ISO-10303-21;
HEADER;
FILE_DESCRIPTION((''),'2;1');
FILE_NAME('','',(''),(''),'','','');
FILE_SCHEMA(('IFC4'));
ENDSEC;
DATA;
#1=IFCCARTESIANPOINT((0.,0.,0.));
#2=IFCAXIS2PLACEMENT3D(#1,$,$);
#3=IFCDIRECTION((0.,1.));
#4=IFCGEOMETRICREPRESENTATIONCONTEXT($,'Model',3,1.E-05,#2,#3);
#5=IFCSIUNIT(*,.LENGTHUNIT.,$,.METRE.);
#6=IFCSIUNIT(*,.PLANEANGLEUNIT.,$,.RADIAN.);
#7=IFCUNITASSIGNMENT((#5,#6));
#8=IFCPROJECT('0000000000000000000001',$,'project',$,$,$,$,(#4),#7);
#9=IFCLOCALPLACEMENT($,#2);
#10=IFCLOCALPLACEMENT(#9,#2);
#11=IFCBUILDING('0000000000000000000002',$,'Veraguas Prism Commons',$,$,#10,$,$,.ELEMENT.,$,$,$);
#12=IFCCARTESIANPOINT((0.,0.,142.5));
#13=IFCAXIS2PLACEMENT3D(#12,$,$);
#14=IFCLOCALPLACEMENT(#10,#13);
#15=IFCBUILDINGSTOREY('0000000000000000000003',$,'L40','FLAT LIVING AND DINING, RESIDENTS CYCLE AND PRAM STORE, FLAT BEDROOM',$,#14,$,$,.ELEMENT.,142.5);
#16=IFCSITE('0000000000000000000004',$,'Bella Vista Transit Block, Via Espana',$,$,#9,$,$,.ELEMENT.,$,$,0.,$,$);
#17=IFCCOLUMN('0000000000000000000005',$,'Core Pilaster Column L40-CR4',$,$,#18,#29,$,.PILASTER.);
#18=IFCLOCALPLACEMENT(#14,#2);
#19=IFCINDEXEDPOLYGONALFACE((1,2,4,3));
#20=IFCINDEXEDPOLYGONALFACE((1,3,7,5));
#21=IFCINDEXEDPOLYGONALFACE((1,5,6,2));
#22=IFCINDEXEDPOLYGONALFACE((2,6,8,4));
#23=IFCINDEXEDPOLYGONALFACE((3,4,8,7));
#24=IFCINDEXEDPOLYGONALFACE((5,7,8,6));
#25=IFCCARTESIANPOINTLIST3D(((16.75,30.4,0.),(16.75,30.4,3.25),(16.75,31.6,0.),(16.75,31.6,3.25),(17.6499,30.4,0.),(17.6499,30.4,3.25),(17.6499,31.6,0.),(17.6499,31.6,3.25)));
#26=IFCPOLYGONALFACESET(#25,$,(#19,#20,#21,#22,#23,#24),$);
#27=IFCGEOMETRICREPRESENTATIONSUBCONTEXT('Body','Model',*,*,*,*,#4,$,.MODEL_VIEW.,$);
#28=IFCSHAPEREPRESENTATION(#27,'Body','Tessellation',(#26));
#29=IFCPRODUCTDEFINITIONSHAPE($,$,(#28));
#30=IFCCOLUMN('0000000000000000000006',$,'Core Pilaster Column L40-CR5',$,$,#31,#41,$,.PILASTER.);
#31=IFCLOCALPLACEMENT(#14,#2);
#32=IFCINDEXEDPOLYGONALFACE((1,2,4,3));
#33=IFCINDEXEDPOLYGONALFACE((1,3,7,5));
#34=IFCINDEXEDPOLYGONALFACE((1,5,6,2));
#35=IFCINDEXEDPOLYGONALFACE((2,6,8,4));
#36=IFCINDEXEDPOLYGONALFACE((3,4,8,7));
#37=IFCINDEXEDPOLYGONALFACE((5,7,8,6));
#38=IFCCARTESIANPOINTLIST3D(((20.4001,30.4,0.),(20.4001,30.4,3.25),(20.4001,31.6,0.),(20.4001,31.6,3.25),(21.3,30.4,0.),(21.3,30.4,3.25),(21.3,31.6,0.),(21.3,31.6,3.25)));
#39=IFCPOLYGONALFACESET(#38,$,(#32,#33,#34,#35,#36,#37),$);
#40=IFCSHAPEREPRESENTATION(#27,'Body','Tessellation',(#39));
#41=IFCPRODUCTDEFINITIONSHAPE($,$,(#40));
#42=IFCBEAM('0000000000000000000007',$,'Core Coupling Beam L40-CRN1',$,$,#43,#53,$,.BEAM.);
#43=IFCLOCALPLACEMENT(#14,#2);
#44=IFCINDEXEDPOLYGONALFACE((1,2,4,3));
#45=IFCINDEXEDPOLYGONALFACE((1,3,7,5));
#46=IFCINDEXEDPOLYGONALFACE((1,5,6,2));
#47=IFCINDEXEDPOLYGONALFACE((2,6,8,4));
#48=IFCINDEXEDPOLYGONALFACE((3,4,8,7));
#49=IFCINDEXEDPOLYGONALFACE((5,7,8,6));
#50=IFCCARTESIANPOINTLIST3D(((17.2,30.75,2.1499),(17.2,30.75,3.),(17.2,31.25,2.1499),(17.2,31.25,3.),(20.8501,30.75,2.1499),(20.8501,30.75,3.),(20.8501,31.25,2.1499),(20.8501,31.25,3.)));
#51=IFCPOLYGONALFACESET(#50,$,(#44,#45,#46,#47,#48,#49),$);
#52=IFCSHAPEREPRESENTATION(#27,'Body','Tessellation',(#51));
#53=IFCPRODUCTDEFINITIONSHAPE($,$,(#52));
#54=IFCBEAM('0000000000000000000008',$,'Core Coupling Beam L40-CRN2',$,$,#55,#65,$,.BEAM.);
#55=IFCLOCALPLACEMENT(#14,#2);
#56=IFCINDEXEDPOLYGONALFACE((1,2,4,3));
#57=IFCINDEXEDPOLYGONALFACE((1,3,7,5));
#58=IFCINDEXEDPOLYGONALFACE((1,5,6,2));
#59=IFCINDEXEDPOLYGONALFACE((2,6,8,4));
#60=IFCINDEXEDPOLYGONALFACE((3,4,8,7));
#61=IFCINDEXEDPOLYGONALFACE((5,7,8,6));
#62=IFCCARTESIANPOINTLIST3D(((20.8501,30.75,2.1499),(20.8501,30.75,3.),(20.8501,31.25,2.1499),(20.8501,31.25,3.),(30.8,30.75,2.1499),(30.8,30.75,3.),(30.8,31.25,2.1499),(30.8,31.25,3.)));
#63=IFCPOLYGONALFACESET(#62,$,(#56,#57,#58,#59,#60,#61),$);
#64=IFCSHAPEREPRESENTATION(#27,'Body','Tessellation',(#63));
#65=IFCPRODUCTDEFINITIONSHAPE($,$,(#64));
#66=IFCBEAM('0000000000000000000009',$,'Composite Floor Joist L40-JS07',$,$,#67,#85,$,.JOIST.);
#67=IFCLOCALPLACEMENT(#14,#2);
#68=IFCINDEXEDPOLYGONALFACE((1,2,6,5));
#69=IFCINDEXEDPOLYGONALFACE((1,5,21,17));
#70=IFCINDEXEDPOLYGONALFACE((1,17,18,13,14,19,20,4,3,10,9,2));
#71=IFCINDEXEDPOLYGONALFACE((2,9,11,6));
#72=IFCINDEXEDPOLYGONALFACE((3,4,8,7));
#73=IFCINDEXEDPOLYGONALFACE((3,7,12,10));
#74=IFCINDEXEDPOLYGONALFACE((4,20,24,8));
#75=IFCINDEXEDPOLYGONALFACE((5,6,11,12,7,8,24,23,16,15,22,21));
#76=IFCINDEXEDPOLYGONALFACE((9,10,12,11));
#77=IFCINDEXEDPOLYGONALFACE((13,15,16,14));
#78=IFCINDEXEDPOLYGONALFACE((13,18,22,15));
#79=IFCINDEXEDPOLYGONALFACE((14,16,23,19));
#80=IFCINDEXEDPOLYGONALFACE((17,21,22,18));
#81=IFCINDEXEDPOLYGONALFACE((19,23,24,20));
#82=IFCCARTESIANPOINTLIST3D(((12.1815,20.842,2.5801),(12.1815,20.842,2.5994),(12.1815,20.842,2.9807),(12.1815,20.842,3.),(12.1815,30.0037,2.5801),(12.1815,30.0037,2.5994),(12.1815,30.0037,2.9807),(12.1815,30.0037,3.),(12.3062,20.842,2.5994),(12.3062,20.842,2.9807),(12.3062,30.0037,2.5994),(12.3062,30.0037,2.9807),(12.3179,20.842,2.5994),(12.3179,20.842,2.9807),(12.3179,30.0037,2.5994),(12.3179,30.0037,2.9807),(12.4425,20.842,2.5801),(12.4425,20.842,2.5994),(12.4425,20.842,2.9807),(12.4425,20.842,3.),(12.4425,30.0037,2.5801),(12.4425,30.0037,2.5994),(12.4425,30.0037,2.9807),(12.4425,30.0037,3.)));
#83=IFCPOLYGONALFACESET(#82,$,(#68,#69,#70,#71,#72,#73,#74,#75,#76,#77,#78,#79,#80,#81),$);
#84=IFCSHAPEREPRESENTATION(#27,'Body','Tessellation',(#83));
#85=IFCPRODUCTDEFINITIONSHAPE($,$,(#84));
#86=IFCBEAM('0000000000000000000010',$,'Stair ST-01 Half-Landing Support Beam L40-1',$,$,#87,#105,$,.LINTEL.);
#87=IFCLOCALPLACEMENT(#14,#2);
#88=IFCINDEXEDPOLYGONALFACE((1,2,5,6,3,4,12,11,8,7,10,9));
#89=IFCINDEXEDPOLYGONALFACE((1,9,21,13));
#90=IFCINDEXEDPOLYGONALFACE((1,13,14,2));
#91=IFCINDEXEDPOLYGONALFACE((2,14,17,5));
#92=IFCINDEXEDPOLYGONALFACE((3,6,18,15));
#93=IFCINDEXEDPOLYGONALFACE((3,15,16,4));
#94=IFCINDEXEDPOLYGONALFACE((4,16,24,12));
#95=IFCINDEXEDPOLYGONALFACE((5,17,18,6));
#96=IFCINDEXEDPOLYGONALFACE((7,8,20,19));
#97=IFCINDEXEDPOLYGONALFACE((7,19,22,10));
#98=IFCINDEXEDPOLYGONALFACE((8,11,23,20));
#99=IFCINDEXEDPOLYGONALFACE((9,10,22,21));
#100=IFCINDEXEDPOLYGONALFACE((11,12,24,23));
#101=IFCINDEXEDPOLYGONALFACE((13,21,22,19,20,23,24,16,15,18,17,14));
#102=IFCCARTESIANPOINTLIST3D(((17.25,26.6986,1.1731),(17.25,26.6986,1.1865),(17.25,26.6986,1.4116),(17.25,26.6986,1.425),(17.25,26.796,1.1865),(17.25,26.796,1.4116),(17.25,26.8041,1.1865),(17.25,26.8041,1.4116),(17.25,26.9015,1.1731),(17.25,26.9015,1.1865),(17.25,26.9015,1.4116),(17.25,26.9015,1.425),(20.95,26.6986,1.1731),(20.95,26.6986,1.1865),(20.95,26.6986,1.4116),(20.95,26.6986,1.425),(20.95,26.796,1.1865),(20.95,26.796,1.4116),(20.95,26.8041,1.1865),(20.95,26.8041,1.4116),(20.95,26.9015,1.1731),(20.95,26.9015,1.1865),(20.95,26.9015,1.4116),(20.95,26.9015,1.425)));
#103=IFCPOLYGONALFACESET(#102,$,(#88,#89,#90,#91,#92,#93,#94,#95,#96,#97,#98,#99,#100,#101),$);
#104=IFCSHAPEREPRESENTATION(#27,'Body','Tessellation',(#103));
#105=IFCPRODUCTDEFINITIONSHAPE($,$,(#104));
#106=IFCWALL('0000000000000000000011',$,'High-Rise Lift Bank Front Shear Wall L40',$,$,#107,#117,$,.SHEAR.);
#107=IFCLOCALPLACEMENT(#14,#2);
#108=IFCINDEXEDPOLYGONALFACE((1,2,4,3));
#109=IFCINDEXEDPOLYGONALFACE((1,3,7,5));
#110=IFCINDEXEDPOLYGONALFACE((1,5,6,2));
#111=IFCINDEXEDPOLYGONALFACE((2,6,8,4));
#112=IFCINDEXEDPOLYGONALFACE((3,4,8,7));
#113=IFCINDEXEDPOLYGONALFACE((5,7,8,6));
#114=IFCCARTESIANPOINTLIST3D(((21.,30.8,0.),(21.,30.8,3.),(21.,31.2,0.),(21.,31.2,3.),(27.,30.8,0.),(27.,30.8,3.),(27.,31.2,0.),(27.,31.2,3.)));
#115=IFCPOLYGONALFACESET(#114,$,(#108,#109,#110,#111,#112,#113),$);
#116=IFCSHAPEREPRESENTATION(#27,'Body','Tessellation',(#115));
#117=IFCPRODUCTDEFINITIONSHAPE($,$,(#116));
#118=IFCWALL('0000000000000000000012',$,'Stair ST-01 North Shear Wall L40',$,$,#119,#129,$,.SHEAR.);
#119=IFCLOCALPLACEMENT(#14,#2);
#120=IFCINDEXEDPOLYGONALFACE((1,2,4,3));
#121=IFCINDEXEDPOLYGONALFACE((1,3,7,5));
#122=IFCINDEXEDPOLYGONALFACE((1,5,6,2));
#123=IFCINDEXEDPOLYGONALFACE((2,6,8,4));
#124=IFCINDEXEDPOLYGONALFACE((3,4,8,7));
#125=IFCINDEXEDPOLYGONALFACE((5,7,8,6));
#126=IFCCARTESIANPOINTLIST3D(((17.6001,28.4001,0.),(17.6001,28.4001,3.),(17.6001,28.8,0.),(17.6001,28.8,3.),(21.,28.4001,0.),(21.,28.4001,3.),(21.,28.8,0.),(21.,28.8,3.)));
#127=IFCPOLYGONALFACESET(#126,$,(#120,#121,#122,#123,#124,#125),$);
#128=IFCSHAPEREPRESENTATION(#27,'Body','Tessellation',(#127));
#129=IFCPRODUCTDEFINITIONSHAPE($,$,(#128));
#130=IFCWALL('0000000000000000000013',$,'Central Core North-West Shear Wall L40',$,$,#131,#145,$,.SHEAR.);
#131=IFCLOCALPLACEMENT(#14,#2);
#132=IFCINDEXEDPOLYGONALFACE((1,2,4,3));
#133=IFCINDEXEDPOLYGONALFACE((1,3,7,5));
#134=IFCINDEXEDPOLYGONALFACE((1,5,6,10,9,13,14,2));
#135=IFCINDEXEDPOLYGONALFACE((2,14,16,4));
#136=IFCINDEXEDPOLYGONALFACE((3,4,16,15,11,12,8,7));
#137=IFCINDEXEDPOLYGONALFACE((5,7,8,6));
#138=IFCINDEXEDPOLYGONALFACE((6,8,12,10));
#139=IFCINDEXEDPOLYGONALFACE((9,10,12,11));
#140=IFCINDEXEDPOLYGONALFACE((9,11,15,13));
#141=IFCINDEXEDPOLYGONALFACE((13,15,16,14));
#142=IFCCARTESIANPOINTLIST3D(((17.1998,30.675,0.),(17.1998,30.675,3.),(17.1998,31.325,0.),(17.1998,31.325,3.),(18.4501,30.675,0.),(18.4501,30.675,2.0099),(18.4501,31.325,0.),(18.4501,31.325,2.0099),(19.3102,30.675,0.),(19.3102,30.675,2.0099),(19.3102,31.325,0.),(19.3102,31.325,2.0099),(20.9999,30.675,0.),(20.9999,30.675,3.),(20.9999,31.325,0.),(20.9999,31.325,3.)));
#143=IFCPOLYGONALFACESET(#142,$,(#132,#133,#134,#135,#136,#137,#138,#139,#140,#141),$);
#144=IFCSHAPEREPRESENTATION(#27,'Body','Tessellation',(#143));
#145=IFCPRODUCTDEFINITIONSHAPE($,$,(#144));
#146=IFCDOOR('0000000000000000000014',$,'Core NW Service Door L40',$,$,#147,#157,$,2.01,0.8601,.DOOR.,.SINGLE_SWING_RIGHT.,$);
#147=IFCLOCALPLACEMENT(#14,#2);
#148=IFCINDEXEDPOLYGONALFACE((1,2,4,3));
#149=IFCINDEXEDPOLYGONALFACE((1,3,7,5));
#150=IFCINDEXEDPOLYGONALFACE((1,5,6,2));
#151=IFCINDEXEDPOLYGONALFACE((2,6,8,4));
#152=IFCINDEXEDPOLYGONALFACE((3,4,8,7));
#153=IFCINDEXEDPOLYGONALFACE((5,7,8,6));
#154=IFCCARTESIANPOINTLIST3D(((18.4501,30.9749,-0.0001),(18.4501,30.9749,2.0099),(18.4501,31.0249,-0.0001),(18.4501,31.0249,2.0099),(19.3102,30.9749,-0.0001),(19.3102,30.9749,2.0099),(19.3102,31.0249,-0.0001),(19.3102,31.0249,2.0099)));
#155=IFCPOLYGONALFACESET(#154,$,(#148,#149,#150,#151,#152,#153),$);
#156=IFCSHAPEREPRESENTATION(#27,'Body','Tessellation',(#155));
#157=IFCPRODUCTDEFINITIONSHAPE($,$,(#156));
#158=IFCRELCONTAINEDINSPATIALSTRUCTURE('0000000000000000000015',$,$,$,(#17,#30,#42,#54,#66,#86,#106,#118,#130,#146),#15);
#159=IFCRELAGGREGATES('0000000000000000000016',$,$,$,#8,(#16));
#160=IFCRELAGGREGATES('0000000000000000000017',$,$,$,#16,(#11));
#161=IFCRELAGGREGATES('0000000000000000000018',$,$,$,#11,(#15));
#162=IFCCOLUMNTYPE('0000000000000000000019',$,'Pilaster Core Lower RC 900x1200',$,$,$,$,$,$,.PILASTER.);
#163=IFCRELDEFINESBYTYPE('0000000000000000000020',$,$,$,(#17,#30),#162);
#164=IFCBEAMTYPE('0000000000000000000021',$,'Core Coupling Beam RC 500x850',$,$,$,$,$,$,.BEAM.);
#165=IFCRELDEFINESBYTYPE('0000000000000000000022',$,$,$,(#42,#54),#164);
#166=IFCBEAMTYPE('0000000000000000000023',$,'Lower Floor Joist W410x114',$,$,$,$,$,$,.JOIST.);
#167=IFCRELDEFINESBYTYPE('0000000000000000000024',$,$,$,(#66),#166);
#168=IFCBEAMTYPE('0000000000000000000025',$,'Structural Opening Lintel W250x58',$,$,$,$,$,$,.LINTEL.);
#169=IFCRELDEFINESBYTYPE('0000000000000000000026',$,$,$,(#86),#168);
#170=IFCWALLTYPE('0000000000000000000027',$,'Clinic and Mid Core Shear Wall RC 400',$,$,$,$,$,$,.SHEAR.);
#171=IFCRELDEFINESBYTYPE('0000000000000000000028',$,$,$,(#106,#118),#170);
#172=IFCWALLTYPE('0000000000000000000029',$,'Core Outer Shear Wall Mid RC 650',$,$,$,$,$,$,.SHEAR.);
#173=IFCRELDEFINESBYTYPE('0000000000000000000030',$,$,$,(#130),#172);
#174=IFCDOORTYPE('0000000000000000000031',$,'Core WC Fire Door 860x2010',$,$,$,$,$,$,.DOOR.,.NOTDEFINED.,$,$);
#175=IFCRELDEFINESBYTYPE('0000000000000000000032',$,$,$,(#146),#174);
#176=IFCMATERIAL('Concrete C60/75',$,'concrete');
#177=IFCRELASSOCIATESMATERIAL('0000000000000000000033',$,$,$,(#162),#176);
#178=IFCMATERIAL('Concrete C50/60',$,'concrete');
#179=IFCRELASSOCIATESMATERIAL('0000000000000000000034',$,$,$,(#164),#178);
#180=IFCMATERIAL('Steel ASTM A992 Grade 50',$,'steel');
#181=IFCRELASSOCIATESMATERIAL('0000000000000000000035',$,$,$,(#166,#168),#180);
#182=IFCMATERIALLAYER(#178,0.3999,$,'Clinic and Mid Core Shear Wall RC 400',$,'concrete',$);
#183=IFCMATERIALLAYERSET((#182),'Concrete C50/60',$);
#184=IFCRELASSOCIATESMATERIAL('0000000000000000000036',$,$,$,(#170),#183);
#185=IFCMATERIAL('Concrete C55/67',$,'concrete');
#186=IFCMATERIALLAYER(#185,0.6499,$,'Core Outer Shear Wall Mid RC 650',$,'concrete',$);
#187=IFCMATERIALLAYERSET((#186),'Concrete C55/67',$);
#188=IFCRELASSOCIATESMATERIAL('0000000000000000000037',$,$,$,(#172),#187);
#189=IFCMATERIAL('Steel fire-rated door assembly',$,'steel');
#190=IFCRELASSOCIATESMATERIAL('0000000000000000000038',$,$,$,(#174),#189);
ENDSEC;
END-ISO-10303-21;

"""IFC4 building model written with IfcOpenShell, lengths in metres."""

from ifc_helpers import new_model, si_unit, direction, frame, frame_2d, origin, origin_2d, place, context, subcontext, project, spatial, rectangle, i_section, extrude, source, transform, mapped, material, layer, layer_set, material_profile, profile_set, type_object, element, fill, save


model = new_model("IFC4")

# Units and contexts
model_context = context("Model", 3, precision=1e-05, world=origin(), true_north=direction((0.0, 1.0)))
body_context = subcontext(model_context, "Body", "Model", "MODEL_VIEW")
ifc_project = project(units=[si_unit("LENGTHUNIT", "METRE"), si_unit("PLANEANGLEUNIT", "RADIAN")], contexts=[model_context])

# Site, building, storey
site_placement = place(None, origin())
site = spatial("IfcSite", under=ifc_project, at=site_placement, Name="Bella Vista Transit Block, Via Espana", CompositionType="ELEMENT", RefElevation=0.0)
building_placement = place(site_placement, origin())
building = spatial("IfcBuilding", under=site, at=building_placement, Name="Veraguas Prism Commons", CompositionType="ELEMENT")
storey_placement = place(building_placement, frame((0.0, 0.0, 142.5)))
storey = spatial("IfcBuildingStorey", under=building, at=storey_placement, Name="L40", Description="FLAT LIVING AND DINING, RESIDENTS CYCLE AND PRAM STORE, FLAT BEDROOM", CompositionType="ELEMENT", Elevation=142.5)

# Columns
ifc_material_1 = material(Name="Concrete C60/75", Category="concrete")
ifc_material_profile_1 = material_profile(ifc_material_1, rectangle(XDim=0.8999, YDim=1.2, at=origin_2d()), Name="RC900X1200")
ifc_profile_set_1 = profile_set([ifc_material_profile_1], Name="Concrete C60/75")
column_type = type_object("IfcColumnType", Name="Pilaster Core Lower RC 900x1200", PredefinedType="PILASTER", material=ifc_profile_set_1)
for number, where, z_axis, x_axis, name in (
    (1, (17.2, 31.0, 0.0), (0.0, 0.0, 1.0), (1.0, 0.0, 0.0), "Core Pilaster Column L40-CR4"),
    (2, (20.8501, 31.0, 0.0), (0.0, 0.0, 1.0), (1.0, 0.0, 0.0), "Core Pilaster Column L40-CR5"),
):
    element("IfcColumn", number, at=place(storey_placement, frame(where, z_axis=z_axis, x_axis=x_axis)), inside=storey, type_object=column_type, Name=name, PredefinedType="PILASTER", context=body_context, shape_type="SweptSolid", body=[
        extrude(rectangle(XDim=0.8999, YDim=1.2, at=origin_2d()), origin(), (0.0, 0.0, 1.0), 3.25),
    ])

# Beams
ifc_material_2 = material(Name="Concrete C50/60", Category="concrete")
ifc_material_profile_2 = material_profile(ifc_material_2, rectangle(XDim=0.5, YDim=0.8501, at=origin_2d()), Name="RC500X850")
ifc_profile_set_2 = profile_set([ifc_material_profile_2], Name="Concrete C50/60")
beam_type_1 = type_object("IfcBeamType", Name="Core Coupling Beam RC 500x850", PredefinedType="BEAM", material=ifc_profile_set_2)
beam_1_placement = place(storey_placement, frame((17.2, 31.0, 2.575), z_axis=(1.0, 0.0, 0.0), x_axis=(0.0, 1.0, 0.0)))
element("IfcBeam", 3, at=beam_1_placement, inside=storey, type_object=beam_type_1, Name="Core Coupling Beam L40-CRN1", PredefinedType="BEAM", context=body_context, shape_type="SweptSolid", body=[
    extrude(rectangle(XDim=0.5, YDim=0.8501, at=origin_2d()), origin(), (0.0, 0.0, 1.0), 3.6501),
])
beam_2_placement = place(storey_placement, frame((20.8501, 31.0, 2.575), z_axis=(1.0, 0.0, 0.0), x_axis=(0.0, 1.0, 0.0)))
element("IfcBeam", 4, at=beam_2_placement, inside=storey, type_object=beam_type_1, Name="Core Coupling Beam L40-CRN2", PredefinedType="BEAM", context=body_context, shape_type="SweptSolid", body=[
    extrude(rectangle(XDim=0.5, YDim=0.8501, at=origin_2d()), origin(), (0.0, 0.0, 1.0), 9.95),
])
ifc_material_3 = material(Name="Steel ASTM A992 Grade 50", Category="steel")
ifc_material_profile_3 = material_profile(ifc_material_3, i_section(OverallWidth=0.261, OverallDepth=0.4199, WebThickness=0.0117, FlangeThickness=0.0193, at=origin_2d()), Name="W410X114")
ifc_profile_set_3 = profile_set([ifc_material_profile_3], Name="Steel ASTM A992 Grade 50")
beam_type_2 = type_object("IfcBeamType", Name="Lower Floor Joist W410x114", PredefinedType="JOIST", material=ifc_profile_set_3)
beam_3_placement = place(storey_placement, frame((12.312, 30.0037, 2.79), z_axis=(0.0, -1.0, 0.0), x_axis=(1.0, 0.0, 0.0)))
element("IfcBeam", 5, at=beam_3_placement, inside=storey, type_object=beam_type_2, Name="Composite Floor Joist L40-JS07", PredefinedType="JOIST", context=body_context, shape_type="SweptSolid", body=[
    extrude(i_section(OverallWidth=0.261, OverallDepth=0.4199, WebThickness=0.0117, FlangeThickness=0.0193, at=origin_2d()), origin(), (0.0, 0.0, 1.0), 9.1616),
])
ifc_material_profile_4 = material_profile(ifc_material_3, i_section(OverallWidth=0.2029, OverallDepth=0.252, WebThickness=0.0081, FlangeThickness=0.0134, at=origin_2d()), Name="W250X58")
ifc_profile_set_4 = profile_set([ifc_material_profile_4], Name="Steel ASTM A992 Grade 50")
beam_type_3 = type_object("IfcBeamType", Name="Structural Opening Lintel W250x58", PredefinedType="LINTEL", material=ifc_profile_set_4)
beam_4_placement = place(storey_placement, frame((17.25, 26.8, 1.2991), z_axis=(1.0, 0.0, 0.0), x_axis=(0.0, 1.0, 0.0)))
element("IfcBeam", 6, at=beam_4_placement, inside=storey, type_object=beam_type_3, Name="Stair ST-01 Half-Landing Support Beam L40-1", PredefinedType="LINTEL", context=body_context, shape_type="SweptSolid", body=[
    extrude(i_section(OverallWidth=0.2029, OverallDepth=0.252, WebThickness=0.0081, FlangeThickness=0.0134, at=origin_2d()), origin(), (0.0, 0.0, 1.0), 3.7),
])

# Walls
ifc_layer_1 = layer(ifc_material_2, 0.3999, Name="Clinic and Mid Core Shear Wall RC 400", Category="concrete")
ifc_layer_set_1 = layer_set([ifc_layer_1], Name="Concrete C50/60")
wall_type_1 = type_object("IfcWallType", Name="Clinic and Mid Core Shear Wall RC 400", PredefinedType="SHEAR", material=ifc_layer_set_1)
wall_1_placement = place(storey_placement, frame((21.0, 31.0, 0.0), z_axis=(0.0, 0.0, 1.0), x_axis=(1.0, 0.0, 0.0)))
element("IfcWall", 7, at=wall_1_placement, inside=storey, type_object=wall_type_1, Name="High-Rise Lift Bank Front Shear Wall L40", PredefinedType="SHEAR", context=body_context, shape_type="SweptSolid", body=[
    extrude(rectangle(XDim=6.0, YDim=0.3999, at=frame_2d((3.0, 0.0))), origin(), (0.0, 0.0, 1.0), 3.0),
])
wall_2_placement = place(storey_placement, frame((17.6001, 28.6001, 0.0), z_axis=(0.0, 0.0, 1.0), x_axis=(1.0, 0.0, 0.0)))
element("IfcWall", 8, at=wall_2_placement, inside=storey, type_object=wall_type_1, Name="Stair ST-01 North Shear Wall L40", PredefinedType="SHEAR", context=body_context, shape_type="SweptSolid", body=[
    extrude(rectangle(XDim=3.3999, YDim=0.3999, at=frame_2d((1.7, 0.0))), origin(), (0.0, 0.0, 1.0), 3.0),
])

# Wall, opening, door
ifc_material_4 = material(Name="Concrete C55/67", Category="concrete")
ifc_layer_2 = layer(ifc_material_4, 0.6499, Name="Core Outer Shear Wall Mid RC 650", Category="concrete")
ifc_layer_set_2 = layer_set([ifc_layer_2], Name="Concrete C55/67")
wall_type_2 = type_object("IfcWallType", Name="Core Outer Shear Wall Mid RC 650", PredefinedType="SHEAR", material=ifc_layer_set_2)
wall_3_placement = place(storey_placement, frame((17.2, 31.0, 0.0), z_axis=(0.0, 0.0, 1.0), x_axis=(1.0, 0.0, 0.0)))
wall_3 = element("IfcWall", 9, at=wall_3_placement, inside=storey, type_object=wall_type_2, Name="Central Core North-West Shear Wall L40", PredefinedType="SHEAR", context=body_context, shape_type="SweptSolid", body=[
    extrude(rectangle(XDim=3.8, YDim=0.6499, at=frame_2d((1.8999, 0.0))), origin(), (0.0, 0.0, 1.0), 3.0),
])
opening_1_placement = place(wall_3_placement, frame((1.25, 0.0, 0.0)))
opening_1 = element("IfcOpeningElement", 10, at=opening_1_placement, cuts=wall_3, PredefinedType="OPENING", context=body_context, shape_type="SweptSolid", body=[
    extrude(rectangle(XDim=0.8601, YDim=2.01, at=frame_2d((0.4302, 1.0049))), frame((0.0, 0.335, 0.0), z_axis=(0.0, -1.0, 0.0), x_axis=(1.0, 0.0, 0.0)), (0.0, 0.0, 1.0), 0.6699),
])
ifc_material_5 = material(Name="Steel fire-rated door assembly", Category="steel")
door_type_1 = type_object("IfcDoorType", Name="Core WC Fire Door 860x2010", OperationType="NOTDEFINED", PredefinedType="DOOR", material=ifc_material_5)
shared_shape_1 = source(origin(), body_context, "Body", "SweptSolid", [
    extrude(rectangle(XDim=0.8601, YDim=2.01, at=frame_2d((0.4302, 1.0049))), frame((0.0, 0.0249, 0.0), z_axis=(0.0, -1.0, 0.0), x_axis=(1.0, 0.0, 0.0)), (0.0, 0.0, 1.0), 0.05),
])
door_1_placement = place(opening_1_placement, origin())
door_1 = element("IfcDoor", 11, at=door_1_placement, inside=storey, type_object=door_type_1, Name="Core NW Service Door L40", OperationType="SINGLE_SWING_RIGHT", OverallHeight=2.01, OverallWidth=0.8601, PredefinedType="DOOR", context=body_context, shape_type="MappedRepresentation", body=[
    mapped(shared_shape_1, transform((0.0, 0.0, 0.0), scale=1.0)),
])
fill(opening_1, door_1)

save(model, "model.ifc")
